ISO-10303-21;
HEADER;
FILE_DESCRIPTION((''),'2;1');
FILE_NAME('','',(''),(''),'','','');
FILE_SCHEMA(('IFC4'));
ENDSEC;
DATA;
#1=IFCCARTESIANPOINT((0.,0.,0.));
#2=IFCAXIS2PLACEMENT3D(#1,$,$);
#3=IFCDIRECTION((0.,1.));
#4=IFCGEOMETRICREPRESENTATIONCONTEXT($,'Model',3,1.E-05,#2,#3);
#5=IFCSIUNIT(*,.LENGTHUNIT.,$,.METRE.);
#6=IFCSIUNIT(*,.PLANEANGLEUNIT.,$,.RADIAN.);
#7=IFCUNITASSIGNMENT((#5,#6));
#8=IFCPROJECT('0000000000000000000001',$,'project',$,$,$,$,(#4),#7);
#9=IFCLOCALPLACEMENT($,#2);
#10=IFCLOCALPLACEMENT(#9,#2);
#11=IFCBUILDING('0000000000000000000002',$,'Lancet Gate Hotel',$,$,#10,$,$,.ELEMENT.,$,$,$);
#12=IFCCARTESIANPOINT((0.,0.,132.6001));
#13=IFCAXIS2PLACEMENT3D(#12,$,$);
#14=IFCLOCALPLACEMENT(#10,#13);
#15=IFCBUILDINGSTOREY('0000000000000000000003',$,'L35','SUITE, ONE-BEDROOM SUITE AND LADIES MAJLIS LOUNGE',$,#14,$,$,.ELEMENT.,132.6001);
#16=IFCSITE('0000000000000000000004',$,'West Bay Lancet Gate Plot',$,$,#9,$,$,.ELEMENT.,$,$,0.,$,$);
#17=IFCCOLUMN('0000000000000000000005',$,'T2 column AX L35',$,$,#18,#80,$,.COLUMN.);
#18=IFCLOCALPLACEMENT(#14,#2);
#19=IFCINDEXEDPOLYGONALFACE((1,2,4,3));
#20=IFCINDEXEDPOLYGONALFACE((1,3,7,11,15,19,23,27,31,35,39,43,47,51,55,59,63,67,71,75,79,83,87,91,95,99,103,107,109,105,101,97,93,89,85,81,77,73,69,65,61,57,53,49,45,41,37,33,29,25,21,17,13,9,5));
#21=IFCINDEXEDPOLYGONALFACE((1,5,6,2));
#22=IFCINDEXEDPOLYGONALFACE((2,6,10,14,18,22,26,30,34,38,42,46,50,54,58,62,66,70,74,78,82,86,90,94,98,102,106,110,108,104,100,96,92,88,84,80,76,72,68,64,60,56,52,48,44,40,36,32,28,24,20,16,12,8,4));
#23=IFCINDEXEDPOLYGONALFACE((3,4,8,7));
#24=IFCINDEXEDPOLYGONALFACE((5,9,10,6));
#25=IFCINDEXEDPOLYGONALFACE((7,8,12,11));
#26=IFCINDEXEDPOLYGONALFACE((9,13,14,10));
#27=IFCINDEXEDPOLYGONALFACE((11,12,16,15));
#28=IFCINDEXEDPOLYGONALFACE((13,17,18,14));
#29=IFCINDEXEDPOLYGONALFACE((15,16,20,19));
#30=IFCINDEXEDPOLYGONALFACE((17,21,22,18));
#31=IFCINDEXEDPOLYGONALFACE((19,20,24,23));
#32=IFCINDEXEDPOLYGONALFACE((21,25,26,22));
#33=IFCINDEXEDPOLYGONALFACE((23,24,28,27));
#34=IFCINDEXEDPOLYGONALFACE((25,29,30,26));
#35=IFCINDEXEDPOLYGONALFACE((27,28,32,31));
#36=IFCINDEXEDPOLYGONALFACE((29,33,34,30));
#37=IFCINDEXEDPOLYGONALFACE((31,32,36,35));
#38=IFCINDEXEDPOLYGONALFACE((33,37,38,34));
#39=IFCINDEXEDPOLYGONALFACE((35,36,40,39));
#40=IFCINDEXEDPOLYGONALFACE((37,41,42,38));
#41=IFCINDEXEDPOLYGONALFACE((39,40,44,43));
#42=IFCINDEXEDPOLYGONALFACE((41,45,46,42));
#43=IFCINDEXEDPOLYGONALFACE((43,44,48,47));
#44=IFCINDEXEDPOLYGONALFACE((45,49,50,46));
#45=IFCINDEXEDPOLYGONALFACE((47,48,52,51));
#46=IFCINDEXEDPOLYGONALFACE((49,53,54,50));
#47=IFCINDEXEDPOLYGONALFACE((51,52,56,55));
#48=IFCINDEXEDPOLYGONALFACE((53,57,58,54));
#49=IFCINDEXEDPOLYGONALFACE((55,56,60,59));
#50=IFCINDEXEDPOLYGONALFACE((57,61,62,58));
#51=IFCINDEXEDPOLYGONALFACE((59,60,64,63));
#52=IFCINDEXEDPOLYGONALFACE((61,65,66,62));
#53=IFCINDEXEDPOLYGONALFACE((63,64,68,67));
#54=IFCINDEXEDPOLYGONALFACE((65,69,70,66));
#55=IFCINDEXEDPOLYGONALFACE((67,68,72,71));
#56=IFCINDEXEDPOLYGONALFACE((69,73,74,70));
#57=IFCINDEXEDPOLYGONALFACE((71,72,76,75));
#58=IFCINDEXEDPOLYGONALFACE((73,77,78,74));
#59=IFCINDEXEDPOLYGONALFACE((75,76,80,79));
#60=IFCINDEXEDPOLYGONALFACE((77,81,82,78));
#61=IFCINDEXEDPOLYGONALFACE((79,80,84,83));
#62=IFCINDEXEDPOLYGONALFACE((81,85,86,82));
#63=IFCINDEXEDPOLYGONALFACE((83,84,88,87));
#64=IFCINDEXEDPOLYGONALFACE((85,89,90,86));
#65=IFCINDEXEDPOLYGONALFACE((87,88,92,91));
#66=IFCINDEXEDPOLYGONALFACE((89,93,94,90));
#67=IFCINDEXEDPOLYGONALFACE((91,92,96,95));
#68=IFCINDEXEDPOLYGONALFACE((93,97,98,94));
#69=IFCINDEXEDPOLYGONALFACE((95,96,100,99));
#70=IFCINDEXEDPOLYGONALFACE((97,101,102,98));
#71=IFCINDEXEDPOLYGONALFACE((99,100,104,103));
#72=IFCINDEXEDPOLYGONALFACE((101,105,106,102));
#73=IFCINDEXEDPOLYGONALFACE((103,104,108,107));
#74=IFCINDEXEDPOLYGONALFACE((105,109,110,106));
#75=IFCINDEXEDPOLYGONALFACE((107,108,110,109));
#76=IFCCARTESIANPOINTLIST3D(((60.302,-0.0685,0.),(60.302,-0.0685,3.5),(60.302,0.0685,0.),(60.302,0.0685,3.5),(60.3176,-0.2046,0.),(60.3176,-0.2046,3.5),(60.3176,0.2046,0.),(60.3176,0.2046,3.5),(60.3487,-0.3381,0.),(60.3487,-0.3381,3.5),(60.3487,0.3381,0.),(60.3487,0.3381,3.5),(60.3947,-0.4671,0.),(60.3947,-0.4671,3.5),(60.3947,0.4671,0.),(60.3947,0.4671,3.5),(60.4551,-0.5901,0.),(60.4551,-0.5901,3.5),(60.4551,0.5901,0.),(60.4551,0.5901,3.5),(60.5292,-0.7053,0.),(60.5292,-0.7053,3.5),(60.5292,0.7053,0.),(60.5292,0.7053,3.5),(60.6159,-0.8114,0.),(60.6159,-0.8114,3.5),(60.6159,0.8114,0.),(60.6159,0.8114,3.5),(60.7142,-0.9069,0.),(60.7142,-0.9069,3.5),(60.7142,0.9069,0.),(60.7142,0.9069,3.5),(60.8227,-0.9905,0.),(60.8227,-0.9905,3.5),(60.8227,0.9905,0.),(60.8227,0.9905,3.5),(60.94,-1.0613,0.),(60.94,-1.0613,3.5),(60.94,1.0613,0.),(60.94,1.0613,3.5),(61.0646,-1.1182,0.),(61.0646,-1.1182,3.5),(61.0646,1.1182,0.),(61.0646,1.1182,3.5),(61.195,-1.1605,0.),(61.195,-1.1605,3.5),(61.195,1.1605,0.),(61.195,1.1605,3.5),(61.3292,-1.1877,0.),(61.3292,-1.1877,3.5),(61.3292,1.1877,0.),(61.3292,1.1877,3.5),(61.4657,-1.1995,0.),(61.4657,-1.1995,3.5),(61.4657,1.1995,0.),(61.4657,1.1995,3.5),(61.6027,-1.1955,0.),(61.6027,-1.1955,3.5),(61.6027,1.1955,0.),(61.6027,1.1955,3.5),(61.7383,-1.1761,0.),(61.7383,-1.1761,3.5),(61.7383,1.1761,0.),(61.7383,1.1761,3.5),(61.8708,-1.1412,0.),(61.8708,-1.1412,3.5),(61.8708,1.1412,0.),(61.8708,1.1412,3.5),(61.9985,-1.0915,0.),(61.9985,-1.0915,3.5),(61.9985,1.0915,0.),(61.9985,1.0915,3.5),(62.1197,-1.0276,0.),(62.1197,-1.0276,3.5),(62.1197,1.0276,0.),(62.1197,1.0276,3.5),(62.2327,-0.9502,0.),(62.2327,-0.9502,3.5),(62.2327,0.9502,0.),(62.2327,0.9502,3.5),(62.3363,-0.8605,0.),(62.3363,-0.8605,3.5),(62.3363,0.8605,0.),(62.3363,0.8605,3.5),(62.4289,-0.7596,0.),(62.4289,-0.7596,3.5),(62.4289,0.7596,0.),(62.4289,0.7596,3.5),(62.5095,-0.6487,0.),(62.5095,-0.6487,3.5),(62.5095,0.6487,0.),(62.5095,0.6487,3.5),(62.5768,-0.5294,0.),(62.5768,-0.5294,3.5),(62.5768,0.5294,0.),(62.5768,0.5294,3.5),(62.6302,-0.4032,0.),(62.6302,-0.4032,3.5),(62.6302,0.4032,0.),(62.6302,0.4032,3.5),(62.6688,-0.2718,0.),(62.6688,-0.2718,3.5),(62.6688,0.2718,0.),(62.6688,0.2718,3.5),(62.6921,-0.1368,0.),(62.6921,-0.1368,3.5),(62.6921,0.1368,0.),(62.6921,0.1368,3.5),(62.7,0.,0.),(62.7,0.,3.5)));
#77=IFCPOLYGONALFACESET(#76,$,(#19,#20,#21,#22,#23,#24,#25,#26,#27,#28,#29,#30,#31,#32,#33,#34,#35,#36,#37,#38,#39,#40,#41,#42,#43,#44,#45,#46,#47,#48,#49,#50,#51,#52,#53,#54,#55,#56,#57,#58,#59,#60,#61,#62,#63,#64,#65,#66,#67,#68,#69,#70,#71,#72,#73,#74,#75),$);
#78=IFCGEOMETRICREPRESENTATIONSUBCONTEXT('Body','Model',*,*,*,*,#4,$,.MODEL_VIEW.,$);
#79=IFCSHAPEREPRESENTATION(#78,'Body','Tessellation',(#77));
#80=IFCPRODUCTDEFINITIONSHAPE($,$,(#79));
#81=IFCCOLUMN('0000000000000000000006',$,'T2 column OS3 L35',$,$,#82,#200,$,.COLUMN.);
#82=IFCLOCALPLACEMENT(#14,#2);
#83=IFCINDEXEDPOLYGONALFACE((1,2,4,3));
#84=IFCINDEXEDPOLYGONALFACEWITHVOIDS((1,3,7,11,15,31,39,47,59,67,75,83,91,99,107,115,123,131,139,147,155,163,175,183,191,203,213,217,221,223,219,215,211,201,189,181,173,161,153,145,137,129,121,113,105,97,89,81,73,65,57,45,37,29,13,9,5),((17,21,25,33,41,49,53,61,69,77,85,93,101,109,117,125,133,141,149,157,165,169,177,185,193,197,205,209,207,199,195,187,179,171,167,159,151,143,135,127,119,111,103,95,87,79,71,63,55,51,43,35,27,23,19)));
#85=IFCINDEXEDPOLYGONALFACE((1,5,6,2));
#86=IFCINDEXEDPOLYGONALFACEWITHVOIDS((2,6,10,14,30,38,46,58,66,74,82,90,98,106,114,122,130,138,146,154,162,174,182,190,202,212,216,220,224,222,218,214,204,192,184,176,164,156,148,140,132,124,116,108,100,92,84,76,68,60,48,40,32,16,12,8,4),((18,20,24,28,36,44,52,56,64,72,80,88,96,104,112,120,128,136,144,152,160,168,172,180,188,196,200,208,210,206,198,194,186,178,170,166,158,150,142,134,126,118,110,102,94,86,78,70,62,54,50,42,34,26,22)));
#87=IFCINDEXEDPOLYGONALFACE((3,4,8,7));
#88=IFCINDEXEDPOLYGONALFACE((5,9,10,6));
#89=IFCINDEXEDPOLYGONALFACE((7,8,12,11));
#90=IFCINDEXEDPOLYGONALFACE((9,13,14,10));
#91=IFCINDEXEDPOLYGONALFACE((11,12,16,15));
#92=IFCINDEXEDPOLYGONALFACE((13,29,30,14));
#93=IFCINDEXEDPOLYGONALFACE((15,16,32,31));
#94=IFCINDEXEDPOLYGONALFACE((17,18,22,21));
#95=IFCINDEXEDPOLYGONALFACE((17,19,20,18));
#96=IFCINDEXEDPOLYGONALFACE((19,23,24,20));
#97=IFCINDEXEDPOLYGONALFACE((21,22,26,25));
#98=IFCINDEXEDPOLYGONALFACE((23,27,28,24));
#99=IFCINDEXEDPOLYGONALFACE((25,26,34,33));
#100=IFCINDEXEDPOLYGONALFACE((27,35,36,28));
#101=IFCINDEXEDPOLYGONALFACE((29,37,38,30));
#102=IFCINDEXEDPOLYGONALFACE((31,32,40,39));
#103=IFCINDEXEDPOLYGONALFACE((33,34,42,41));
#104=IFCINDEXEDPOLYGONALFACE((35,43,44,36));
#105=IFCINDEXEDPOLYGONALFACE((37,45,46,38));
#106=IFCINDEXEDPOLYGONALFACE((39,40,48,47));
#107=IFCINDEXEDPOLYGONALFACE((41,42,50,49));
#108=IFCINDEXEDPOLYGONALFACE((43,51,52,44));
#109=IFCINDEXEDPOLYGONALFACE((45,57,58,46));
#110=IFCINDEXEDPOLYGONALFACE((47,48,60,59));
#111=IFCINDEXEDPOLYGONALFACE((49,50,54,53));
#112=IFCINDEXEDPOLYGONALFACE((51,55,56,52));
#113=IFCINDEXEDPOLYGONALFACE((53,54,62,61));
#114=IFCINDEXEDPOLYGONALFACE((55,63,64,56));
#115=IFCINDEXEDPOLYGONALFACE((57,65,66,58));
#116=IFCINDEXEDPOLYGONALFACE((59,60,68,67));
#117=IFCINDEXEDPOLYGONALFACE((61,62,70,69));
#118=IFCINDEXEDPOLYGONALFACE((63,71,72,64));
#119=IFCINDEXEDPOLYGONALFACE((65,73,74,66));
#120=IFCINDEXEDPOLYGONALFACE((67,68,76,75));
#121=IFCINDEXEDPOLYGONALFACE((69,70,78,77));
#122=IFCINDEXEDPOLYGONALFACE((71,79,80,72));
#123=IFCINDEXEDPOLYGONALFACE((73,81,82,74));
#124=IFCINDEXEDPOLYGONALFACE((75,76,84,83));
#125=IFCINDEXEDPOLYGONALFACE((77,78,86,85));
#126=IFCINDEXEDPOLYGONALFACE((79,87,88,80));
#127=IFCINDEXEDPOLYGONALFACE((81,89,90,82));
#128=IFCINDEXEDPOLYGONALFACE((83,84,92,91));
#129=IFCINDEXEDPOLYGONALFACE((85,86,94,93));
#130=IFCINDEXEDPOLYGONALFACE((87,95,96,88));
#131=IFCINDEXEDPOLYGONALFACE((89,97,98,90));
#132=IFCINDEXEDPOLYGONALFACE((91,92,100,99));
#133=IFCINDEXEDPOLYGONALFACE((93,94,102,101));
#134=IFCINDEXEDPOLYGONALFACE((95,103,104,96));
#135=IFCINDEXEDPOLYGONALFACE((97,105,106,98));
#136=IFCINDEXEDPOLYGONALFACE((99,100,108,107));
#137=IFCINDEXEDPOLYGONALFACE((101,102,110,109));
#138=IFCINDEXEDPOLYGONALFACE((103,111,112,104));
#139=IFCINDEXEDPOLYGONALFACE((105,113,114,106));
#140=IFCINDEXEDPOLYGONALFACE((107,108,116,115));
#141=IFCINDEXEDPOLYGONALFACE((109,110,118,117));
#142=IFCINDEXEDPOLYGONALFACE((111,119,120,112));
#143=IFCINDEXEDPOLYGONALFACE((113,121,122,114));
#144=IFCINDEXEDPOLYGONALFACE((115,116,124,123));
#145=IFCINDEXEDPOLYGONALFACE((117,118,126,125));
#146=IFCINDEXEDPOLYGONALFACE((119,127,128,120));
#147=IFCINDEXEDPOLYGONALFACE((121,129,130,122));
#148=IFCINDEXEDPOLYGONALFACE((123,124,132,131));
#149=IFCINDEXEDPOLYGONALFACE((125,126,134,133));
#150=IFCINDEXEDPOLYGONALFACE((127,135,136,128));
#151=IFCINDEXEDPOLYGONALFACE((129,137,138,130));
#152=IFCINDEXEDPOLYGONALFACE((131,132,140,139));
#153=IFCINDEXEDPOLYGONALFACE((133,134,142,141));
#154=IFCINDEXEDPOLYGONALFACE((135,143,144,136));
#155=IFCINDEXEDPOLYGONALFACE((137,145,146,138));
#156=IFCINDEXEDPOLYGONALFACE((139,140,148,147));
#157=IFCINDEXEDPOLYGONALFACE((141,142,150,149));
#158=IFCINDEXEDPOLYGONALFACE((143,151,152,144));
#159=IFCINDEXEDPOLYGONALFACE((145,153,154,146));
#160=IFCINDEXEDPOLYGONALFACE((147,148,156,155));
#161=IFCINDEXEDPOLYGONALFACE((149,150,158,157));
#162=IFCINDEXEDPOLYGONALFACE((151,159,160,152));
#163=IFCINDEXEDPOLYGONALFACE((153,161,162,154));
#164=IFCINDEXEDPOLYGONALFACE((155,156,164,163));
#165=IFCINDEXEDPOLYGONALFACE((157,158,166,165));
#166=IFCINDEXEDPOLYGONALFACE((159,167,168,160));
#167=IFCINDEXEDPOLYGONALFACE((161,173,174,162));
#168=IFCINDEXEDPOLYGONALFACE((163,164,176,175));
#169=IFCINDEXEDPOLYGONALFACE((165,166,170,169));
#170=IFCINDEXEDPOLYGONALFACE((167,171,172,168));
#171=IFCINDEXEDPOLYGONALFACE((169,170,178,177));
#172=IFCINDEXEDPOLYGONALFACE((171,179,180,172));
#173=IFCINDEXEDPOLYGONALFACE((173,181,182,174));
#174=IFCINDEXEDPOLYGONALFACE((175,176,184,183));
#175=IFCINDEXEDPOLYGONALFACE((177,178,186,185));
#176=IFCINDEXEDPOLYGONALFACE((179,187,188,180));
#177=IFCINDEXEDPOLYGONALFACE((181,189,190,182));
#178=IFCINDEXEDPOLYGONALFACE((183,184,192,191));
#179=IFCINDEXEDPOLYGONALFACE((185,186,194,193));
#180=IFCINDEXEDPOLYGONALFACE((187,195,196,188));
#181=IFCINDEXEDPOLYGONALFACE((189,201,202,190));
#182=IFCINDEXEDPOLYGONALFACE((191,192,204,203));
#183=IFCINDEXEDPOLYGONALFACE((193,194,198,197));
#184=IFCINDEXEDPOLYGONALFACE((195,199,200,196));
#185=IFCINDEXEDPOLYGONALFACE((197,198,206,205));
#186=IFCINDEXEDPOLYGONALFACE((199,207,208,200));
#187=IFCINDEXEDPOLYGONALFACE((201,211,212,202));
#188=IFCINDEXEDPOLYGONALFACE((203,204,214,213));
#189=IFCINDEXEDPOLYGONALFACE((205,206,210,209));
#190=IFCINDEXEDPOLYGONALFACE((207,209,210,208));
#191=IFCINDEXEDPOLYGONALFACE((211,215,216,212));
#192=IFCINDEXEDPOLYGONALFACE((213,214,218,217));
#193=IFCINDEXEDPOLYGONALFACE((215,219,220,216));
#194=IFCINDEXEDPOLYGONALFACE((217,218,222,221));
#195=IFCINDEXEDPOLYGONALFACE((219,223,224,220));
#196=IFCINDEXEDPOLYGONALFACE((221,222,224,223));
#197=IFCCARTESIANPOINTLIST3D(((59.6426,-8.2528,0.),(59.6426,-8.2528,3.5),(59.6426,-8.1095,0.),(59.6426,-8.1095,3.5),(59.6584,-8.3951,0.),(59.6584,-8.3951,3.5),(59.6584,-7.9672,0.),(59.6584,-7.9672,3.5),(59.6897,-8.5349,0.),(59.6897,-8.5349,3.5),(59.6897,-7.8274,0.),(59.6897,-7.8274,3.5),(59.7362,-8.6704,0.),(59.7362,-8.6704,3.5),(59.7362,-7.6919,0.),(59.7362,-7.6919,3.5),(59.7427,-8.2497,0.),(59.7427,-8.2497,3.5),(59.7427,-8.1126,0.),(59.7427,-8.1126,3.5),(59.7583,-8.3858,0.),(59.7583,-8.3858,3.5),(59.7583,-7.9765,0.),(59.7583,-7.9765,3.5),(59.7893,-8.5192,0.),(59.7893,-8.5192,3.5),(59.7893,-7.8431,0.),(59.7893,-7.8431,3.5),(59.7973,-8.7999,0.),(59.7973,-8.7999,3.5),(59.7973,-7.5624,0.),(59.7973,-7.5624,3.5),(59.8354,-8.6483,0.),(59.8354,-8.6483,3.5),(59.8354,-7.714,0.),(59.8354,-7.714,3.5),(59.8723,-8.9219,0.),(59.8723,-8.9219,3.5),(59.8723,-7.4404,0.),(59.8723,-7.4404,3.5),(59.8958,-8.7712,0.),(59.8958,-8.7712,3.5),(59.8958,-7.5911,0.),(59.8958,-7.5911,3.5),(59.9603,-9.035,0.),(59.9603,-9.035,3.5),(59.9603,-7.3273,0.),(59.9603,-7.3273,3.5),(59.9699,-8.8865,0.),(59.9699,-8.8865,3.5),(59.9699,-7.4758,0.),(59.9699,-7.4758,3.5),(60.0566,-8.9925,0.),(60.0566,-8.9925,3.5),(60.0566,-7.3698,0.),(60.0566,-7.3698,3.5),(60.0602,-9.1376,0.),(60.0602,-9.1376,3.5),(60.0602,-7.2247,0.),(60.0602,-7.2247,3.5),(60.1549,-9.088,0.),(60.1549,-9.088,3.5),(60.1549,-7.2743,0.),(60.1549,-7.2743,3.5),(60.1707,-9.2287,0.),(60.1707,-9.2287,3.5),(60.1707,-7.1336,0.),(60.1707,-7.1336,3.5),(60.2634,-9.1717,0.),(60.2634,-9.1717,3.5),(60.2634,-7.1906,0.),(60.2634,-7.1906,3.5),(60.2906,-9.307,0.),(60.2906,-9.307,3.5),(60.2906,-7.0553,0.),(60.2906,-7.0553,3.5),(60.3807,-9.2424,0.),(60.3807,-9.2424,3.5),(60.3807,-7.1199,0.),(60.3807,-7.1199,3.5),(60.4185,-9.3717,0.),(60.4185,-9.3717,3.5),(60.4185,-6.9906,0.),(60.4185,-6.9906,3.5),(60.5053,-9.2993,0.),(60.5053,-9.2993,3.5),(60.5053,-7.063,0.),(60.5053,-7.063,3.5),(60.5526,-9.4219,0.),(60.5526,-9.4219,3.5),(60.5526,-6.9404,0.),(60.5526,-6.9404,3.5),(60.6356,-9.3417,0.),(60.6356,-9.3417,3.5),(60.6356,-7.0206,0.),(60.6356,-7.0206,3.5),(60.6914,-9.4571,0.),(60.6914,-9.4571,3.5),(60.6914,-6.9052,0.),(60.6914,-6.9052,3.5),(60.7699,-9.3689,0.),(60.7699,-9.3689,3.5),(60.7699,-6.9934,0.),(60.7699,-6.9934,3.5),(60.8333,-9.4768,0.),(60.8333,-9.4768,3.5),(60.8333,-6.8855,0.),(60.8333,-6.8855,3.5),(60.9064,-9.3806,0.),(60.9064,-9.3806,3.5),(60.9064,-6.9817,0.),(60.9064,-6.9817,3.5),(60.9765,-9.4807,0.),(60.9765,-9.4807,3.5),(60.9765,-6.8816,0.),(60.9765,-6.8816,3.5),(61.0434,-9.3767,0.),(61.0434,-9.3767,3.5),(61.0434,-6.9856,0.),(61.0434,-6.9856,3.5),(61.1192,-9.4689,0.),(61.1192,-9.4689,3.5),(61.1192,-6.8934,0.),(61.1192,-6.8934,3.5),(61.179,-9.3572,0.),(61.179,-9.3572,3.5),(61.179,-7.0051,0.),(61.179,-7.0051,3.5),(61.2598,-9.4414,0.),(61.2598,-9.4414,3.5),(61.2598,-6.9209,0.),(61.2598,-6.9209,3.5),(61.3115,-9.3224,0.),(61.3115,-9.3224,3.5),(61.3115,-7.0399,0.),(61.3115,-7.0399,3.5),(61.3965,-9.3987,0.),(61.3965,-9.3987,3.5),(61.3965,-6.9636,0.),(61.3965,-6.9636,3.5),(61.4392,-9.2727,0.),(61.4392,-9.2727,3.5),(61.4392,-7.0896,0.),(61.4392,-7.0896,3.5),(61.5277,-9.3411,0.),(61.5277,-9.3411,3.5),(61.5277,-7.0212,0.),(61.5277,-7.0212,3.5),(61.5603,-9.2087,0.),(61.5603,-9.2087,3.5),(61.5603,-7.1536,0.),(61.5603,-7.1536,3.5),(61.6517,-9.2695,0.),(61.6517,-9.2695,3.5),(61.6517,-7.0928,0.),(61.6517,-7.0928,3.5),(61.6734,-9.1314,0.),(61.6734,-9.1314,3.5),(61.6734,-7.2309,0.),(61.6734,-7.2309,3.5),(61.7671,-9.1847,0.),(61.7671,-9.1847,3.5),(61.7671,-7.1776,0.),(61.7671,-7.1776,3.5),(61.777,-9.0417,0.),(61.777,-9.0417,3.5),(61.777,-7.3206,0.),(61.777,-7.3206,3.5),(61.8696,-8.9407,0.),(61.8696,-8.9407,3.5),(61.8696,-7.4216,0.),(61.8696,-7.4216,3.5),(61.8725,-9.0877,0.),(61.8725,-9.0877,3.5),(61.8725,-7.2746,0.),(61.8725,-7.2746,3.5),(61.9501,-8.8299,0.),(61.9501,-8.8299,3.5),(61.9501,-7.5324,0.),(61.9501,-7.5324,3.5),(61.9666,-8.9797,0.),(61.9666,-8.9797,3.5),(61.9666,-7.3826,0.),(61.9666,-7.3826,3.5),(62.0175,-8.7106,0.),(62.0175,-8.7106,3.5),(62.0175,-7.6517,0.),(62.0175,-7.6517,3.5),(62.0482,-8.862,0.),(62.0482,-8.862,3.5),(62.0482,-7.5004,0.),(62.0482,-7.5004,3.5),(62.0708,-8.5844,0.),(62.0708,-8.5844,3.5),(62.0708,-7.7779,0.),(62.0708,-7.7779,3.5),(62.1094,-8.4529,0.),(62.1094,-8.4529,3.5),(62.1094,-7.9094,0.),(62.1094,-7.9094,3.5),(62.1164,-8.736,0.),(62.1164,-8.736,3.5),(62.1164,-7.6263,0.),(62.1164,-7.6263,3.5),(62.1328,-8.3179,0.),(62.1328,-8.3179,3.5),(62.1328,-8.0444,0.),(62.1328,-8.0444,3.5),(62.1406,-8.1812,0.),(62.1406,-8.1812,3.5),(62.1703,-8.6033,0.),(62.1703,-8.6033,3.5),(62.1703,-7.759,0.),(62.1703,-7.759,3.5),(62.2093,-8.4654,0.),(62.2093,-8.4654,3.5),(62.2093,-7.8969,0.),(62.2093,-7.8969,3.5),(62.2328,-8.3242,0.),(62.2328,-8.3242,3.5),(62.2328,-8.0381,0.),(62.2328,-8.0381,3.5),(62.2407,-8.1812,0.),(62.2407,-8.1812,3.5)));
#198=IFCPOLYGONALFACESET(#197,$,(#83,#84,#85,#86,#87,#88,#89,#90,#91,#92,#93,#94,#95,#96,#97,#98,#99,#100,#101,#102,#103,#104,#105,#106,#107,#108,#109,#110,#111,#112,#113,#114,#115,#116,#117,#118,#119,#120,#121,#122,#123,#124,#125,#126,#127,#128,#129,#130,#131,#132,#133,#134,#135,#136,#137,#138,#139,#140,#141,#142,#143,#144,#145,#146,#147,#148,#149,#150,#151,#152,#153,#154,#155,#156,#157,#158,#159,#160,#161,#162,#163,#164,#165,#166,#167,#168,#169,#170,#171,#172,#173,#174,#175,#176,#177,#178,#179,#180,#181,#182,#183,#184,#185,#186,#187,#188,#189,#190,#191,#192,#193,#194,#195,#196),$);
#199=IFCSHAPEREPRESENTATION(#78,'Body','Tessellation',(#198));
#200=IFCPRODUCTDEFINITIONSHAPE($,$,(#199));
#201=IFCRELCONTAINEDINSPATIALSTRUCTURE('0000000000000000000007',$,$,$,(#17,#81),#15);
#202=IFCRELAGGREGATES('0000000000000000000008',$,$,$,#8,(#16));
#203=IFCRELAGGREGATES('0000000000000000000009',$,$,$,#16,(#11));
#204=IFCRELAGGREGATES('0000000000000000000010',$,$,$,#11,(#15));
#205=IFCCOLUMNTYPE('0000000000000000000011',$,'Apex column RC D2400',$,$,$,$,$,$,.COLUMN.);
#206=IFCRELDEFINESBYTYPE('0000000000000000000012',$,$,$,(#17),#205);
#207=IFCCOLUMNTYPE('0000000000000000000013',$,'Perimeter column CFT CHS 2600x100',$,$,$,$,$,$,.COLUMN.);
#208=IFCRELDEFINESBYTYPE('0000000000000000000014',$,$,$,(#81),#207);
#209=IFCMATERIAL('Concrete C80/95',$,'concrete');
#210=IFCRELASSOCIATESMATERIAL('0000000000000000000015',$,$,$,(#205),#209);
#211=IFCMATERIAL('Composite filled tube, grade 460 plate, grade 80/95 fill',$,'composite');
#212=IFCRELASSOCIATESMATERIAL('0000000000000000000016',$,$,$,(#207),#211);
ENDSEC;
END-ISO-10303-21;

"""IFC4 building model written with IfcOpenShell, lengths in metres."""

from ifc_helpers import new_model, si_unit, direction, frame, origin, origin_2d, place, context, subcontext, project, spatial, circle, hollow_circle, extrude, material, material_profile, profile_set, type_object, element, save


model = new_model("IFC4")

# Units and contexts
model_context = context("Model", 3, precision=1e-05, world=origin(), true_north=direction((0.0, 1.0)))
body_context = subcontext(model_context, "Body", "Model", "MODEL_VIEW")
ifc_project = project(units=[si_unit("LENGTHUNIT", "METRE"), si_unit("PLANEANGLEUNIT", "RADIAN")], contexts=[model_context])

# Site, building, storey
site_placement = place(None, origin())
site = spatial("IfcSite", under=ifc_project, at=site_placement, Name="West Bay Lancet Gate Plot", CompositionType="ELEMENT", RefElevation=0.0)
building_placement = place(site_placement, origin())
building = spatial("IfcBuilding", under=site, at=building_placement, Name="Lancet Gate Hotel", CompositionType="ELEMENT")
storey_placement = place(building_placement, frame((0.0, 0.0, 132.6001)))
storey = spatial("IfcBuildingStorey", under=building, at=storey_placement, Name="L35", Description="SUITE, ONE-BEDROOM SUITE AND LADIES MAJLIS LOUNGE", CompositionType="ELEMENT", Elevation=132.6001)

# Columns
ifc_material_1 = material(Name="Concrete C80/95", Category="concrete")
ifc_material_profile_1 = material_profile(ifc_material_1, circle(Radius=1.2, at=origin_2d()), Name="RC D2400")
ifc_profile_set_1 = profile_set([ifc_material_profile_1], Name="Concrete C80/95")
column_type_1 = type_object("IfcColumnType", Name="Apex column RC D2400", PredefinedType="COLUMN", material=ifc_profile_set_1)
column_1_placement = place(storey_placement, frame((61.5, 0.0, 0.0), z_axis=(0.0, 0.0, 1.0), x_axis=(1.0, 0.0, 0.0)))
element("IfcColumn", 1, at=column_1_placement, inside=storey, type_object=column_type_1, Name="T2 column AX L35", PredefinedType="COLUMN", context=body_context, shape_type="SweptSolid", body=[
    extrude(circle(Radius=1.2, at=origin_2d()), origin(), (0.0, 0.0, 1.0), 3.5),
])
ifc_material_2 = material(Name="Composite filled tube, grade 460 plate, grade 80/95 fill", Category="composite")
ifc_material_profile_2 = material_profile(ifc_material_2, hollow_circle(Radius=1.3, WallThickness=0.1001, at=origin_2d()), Name="CHS 2600x100")
ifc_profile_set_2 = profile_set([ifc_material_profile_2], Name="Composite filled tube, grade 460 plate, grade 80/95 fill")
column_type_2 = type_object("IfcColumnType", Name="Perimeter column CFT CHS 2600x100", PredefinedType="COLUMN", material=ifc_profile_set_2)
column_2_placement = place(storey_placement, frame((60.9407, -8.1812, 0.0), z_axis=(0.0, 0.0, 1.0), x_axis=(1.0, 0.0, 0.0)))
element("IfcColumn", 2, at=column_2_placement, inside=storey, type_object=column_type_2, Name="T2 column OS3 L35", PredefinedType="COLUMN", context=body_context, shape_type="SweptSolid", body=[
    extrude(hollow_circle(Radius=1.3, WallThickness=0.1001, at=origin_2d()), origin(), (0.0, 0.0, 1.0), 3.5),
])

save(model, "model.ifc")
